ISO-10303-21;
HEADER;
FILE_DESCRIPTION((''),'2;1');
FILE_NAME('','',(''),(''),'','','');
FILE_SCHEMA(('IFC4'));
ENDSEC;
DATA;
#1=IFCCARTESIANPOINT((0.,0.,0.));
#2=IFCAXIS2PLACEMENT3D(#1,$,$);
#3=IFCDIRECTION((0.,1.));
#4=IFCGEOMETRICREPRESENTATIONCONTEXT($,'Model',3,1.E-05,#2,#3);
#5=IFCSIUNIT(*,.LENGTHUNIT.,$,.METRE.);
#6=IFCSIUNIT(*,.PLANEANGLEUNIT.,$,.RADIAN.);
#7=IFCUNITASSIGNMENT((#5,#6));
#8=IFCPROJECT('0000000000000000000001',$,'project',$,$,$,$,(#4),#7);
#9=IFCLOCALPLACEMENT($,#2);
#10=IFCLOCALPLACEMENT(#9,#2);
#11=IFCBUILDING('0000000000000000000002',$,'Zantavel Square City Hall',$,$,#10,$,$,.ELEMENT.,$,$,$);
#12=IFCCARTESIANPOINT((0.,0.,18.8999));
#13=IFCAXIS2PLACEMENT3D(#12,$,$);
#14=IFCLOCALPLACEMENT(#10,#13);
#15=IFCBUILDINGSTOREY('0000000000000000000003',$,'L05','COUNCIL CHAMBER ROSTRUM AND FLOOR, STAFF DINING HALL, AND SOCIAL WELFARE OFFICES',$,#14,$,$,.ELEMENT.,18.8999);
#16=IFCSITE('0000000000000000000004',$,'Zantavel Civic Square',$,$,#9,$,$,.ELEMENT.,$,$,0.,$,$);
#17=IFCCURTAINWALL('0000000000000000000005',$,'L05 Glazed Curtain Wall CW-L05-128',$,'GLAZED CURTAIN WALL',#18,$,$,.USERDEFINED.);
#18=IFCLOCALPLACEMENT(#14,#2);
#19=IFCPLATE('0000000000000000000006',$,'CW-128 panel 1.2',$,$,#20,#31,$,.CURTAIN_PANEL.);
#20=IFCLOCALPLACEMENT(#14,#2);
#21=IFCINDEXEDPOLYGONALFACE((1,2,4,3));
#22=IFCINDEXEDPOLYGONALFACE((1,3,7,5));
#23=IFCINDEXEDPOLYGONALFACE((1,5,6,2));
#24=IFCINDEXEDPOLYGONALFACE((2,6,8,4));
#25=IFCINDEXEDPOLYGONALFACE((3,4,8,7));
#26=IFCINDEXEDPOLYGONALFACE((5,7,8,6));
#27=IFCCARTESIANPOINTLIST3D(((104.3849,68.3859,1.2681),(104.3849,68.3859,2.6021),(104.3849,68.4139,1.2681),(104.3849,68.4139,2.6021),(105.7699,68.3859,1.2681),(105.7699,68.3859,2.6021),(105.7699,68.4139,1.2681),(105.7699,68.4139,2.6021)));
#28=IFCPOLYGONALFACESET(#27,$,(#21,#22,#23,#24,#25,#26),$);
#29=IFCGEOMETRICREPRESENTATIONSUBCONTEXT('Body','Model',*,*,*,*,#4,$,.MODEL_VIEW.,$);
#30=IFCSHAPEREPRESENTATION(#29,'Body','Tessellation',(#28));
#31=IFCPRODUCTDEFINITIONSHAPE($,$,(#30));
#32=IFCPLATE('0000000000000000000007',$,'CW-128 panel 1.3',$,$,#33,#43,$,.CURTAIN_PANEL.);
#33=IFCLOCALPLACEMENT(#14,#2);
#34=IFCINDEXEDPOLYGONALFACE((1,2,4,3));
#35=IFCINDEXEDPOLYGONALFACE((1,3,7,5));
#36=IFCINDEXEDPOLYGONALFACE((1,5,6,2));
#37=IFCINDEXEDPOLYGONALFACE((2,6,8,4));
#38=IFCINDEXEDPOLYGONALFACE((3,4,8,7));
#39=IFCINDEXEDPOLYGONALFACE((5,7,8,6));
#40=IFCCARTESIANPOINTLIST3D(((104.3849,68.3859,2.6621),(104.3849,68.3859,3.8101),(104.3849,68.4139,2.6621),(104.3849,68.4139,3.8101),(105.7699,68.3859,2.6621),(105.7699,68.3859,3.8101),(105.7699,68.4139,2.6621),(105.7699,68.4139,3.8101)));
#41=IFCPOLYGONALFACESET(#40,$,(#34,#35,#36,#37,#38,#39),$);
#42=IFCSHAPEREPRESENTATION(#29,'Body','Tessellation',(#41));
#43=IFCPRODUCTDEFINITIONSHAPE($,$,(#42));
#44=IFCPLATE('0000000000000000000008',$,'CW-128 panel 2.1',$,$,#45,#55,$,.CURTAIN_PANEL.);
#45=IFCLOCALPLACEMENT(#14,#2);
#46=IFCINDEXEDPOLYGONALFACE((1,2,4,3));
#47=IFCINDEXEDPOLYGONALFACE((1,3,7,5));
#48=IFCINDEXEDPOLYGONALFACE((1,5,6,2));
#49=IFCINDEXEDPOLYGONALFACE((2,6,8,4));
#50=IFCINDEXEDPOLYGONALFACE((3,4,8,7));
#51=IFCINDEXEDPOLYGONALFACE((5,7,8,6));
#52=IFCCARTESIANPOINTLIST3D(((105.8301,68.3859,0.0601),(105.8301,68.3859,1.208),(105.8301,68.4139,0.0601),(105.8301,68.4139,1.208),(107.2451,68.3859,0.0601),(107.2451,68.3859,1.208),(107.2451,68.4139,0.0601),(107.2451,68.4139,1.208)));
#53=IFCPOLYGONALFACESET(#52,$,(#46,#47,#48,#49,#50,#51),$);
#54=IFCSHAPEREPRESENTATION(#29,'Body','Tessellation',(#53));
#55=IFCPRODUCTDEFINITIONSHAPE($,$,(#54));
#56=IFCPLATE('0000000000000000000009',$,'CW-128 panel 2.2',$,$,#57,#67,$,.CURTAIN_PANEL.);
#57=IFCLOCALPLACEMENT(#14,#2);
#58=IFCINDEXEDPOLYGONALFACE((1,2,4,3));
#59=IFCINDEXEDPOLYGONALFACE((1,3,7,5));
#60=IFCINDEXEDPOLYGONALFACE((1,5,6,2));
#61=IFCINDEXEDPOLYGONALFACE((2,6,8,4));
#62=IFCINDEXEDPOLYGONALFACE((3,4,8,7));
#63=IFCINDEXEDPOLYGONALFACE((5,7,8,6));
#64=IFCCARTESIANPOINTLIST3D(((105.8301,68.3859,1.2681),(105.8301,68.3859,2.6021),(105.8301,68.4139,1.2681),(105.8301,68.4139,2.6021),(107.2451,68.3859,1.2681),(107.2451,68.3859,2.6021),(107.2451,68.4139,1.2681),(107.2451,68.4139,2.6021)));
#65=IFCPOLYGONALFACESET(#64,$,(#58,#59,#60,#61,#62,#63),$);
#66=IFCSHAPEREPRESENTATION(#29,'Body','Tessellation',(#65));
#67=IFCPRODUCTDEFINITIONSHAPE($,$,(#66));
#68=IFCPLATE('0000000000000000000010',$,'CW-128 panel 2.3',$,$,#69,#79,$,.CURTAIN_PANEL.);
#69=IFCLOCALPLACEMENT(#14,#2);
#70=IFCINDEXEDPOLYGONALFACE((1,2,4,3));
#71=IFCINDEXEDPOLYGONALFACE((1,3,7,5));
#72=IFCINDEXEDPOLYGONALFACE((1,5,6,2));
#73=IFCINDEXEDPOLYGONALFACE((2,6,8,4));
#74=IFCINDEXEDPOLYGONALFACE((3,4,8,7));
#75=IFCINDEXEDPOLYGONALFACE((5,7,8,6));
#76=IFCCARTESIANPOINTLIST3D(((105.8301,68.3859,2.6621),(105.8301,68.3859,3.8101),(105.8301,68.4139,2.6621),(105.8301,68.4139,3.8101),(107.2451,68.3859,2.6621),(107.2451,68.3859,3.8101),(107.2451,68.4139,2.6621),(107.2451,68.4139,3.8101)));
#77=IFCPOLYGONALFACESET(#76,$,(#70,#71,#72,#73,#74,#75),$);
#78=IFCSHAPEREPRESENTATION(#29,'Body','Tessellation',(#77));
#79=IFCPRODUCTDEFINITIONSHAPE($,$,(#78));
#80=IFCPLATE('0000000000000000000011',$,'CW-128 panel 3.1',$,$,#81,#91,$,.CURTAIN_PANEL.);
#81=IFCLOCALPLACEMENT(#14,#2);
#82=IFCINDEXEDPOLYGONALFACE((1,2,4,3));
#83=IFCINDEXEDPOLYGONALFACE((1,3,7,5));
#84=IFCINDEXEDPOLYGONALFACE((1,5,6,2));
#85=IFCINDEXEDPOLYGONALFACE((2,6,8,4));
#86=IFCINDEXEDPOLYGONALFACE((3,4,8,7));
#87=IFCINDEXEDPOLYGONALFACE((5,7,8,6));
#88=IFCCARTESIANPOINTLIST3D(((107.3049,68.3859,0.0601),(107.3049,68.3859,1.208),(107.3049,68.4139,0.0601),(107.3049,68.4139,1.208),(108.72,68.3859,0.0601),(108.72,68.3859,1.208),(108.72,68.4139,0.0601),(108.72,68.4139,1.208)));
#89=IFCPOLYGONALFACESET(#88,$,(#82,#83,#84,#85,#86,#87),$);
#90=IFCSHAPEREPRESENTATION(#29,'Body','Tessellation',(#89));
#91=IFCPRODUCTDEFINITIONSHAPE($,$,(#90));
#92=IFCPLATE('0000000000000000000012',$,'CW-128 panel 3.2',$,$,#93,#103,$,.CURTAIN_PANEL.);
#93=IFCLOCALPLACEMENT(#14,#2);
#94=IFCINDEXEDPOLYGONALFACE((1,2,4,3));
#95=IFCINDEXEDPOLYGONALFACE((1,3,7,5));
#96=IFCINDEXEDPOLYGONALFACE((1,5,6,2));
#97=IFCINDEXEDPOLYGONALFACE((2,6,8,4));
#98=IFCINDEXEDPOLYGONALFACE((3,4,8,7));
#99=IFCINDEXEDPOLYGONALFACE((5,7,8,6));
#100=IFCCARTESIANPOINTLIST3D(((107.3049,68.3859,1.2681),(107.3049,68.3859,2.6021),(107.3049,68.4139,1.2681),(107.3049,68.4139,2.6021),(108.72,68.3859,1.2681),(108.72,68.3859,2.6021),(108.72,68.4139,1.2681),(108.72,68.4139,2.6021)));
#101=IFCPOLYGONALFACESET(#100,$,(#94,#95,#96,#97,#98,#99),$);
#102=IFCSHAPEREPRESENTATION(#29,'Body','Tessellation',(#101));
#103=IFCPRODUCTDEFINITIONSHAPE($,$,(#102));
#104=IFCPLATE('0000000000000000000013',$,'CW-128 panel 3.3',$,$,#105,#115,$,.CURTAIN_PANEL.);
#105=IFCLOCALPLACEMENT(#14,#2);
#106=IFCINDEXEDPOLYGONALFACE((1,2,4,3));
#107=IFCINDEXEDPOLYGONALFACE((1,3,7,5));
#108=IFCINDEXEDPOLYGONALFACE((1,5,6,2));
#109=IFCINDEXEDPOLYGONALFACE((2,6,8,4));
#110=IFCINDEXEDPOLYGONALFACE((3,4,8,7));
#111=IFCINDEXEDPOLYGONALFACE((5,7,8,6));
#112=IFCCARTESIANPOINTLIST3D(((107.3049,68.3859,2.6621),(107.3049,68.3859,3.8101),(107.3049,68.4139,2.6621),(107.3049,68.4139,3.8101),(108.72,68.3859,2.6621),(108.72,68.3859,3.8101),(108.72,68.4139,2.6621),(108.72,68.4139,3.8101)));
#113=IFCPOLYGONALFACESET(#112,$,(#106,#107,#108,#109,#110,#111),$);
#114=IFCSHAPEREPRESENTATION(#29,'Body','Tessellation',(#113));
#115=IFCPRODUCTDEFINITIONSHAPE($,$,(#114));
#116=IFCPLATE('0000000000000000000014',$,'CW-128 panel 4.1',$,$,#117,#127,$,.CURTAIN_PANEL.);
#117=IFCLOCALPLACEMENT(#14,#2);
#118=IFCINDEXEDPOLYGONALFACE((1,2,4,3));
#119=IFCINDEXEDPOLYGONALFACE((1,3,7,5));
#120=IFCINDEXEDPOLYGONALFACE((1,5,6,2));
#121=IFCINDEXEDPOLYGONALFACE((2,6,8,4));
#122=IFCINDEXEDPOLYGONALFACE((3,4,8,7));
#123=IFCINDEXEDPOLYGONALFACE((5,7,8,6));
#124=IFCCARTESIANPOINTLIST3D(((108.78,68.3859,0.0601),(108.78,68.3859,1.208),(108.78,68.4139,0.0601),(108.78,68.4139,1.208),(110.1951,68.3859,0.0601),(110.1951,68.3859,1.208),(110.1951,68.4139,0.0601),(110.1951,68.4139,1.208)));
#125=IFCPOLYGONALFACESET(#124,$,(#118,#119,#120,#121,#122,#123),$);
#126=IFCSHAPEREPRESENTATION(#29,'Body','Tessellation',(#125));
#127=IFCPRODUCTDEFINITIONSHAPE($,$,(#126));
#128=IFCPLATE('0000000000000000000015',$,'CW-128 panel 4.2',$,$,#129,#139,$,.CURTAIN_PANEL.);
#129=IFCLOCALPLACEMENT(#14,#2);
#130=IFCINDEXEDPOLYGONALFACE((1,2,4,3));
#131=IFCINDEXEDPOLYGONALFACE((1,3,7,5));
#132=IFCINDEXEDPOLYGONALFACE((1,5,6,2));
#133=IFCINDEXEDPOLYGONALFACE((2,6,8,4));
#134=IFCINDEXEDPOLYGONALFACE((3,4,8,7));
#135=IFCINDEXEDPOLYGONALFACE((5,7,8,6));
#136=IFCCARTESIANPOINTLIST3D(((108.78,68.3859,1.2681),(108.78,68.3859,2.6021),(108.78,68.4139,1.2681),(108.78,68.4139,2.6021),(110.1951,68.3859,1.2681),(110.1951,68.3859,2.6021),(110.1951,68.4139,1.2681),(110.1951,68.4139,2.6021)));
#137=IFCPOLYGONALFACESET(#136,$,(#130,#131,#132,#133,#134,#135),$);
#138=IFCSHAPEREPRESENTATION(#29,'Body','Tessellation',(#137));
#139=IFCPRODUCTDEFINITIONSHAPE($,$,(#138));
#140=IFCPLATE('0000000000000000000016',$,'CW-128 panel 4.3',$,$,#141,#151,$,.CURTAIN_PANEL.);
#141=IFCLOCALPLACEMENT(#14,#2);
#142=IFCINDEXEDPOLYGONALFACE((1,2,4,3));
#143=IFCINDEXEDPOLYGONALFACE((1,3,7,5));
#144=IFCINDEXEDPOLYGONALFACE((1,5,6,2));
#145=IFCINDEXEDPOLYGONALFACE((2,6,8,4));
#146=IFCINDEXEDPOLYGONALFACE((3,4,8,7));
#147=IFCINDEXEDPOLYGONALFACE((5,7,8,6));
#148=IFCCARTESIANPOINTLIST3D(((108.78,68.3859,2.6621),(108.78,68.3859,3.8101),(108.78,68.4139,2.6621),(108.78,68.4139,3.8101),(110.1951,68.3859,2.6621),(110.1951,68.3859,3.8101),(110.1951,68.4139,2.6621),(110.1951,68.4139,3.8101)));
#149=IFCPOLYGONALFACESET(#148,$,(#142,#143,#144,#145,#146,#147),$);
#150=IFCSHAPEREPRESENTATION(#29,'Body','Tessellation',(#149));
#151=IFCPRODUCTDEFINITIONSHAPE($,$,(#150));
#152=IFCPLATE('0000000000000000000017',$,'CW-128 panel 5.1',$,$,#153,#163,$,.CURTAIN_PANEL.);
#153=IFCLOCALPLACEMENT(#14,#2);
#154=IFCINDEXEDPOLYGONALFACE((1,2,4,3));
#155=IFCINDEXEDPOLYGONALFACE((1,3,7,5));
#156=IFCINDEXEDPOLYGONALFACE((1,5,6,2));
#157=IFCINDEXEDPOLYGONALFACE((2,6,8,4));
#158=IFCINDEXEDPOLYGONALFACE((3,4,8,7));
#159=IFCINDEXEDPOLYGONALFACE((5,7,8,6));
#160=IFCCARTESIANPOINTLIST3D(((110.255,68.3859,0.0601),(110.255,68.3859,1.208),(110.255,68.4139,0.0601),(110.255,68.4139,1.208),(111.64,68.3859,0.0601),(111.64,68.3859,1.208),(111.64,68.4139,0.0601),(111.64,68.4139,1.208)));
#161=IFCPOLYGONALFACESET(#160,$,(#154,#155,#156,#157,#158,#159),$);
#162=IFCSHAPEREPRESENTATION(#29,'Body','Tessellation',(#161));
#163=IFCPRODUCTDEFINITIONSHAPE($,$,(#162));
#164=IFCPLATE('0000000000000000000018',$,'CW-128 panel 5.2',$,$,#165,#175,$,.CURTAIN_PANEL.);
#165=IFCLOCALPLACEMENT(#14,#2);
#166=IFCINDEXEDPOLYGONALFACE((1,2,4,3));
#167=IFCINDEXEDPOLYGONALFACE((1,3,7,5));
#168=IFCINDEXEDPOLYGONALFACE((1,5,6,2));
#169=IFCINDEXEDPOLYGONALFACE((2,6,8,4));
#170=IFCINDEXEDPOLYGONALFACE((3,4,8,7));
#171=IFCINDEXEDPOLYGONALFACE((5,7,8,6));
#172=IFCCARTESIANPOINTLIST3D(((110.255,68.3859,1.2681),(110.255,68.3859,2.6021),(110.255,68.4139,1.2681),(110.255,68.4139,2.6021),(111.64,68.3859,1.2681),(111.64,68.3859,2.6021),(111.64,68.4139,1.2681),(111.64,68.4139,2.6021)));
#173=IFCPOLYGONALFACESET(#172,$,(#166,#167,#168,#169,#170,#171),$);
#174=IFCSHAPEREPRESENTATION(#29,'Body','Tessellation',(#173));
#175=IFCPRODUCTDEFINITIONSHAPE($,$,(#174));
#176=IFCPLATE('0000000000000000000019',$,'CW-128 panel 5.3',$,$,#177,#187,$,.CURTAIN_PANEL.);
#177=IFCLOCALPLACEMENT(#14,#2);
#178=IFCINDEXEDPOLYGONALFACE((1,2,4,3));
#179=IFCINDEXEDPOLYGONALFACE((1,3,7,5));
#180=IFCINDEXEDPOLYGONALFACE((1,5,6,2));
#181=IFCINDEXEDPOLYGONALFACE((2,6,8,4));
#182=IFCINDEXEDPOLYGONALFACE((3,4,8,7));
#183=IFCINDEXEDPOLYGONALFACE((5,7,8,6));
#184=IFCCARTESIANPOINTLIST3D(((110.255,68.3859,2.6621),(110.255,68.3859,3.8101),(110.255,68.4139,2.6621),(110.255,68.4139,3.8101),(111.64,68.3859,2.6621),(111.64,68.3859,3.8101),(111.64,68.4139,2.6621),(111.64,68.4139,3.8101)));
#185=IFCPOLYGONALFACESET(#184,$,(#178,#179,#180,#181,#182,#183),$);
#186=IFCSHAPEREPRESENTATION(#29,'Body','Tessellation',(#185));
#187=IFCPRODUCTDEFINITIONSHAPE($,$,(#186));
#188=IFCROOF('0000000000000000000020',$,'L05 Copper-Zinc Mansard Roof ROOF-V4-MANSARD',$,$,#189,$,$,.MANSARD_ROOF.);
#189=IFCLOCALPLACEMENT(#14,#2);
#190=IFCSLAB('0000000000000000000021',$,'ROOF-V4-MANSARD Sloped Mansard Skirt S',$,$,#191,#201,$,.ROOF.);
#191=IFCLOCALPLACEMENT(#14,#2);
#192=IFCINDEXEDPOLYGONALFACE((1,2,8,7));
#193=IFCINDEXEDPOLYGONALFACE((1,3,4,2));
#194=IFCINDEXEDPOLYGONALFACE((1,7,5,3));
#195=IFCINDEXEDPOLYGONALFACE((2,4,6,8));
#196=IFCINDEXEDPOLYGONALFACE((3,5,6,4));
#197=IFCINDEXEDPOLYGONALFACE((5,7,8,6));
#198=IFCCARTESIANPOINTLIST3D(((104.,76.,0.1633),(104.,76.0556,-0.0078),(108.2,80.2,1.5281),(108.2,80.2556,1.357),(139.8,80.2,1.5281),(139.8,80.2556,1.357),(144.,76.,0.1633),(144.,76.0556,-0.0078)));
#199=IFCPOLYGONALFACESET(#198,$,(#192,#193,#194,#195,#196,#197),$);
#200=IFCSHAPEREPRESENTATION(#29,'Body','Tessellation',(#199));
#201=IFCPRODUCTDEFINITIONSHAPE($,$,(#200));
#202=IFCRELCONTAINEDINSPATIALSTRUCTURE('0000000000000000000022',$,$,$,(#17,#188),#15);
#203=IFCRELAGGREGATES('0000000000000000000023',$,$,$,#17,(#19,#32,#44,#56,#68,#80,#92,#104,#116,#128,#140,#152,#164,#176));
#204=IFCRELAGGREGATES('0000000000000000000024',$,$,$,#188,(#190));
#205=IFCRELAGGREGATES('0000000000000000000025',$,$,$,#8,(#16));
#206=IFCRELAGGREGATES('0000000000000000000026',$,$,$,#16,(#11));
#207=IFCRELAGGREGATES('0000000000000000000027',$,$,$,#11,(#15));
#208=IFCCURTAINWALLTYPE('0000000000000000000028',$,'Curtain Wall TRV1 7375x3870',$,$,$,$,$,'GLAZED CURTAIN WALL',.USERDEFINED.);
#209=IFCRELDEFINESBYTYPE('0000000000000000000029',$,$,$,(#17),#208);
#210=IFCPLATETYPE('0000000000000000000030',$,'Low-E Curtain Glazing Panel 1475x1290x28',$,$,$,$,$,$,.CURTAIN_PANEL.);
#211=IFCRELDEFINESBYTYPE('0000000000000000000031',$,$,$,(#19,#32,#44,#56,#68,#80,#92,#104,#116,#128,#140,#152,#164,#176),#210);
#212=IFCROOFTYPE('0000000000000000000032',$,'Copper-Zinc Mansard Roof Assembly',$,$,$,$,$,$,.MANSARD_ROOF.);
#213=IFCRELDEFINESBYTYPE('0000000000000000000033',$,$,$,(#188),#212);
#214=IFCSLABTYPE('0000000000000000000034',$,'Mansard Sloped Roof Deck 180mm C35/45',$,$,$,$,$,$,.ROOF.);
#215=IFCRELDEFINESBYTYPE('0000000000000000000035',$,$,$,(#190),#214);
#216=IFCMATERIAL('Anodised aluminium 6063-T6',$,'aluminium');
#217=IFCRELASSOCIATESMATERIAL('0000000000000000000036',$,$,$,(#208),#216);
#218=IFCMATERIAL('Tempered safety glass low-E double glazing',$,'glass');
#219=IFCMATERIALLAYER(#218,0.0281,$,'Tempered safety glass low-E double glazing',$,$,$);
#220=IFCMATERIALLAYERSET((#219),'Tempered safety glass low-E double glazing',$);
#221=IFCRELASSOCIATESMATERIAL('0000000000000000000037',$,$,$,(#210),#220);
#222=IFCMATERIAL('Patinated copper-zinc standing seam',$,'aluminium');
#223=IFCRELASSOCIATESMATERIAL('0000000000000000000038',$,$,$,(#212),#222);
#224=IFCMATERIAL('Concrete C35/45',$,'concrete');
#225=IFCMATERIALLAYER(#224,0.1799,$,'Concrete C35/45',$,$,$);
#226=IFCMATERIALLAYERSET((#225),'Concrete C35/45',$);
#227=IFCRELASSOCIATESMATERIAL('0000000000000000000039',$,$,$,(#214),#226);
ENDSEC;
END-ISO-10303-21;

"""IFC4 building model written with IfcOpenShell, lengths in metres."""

from ifc_helpers import new_model, si_unit, direction, frame, origin, origin_2d, place, context, subcontext, project, spatial, polyline, rectangle, outline, extrude, material, layer, layer_set, type_object, element, aggregate, save


model = new_model("IFC4")

# Units and contexts
model_context = context("Model", 3, precision=1e-05, world=origin(), true_north=direction((0.0, 1.0)))
body_context = subcontext(model_context, "Body", "Model", "MODEL_VIEW")
ifc_project = project(units=[si_unit("LENGTHUNIT", "METRE"), si_unit("PLANEANGLEUNIT", "RADIAN")], contexts=[model_context])

# Site, building, storey
site_placement = place(None, origin())
site = spatial("IfcSite", under=ifc_project, at=site_placement, Name="Zantavel Civic Square", CompositionType="ELEMENT", RefElevation=0.0)
building_placement = place(site_placement, origin())
building = spatial("IfcBuilding", under=site, at=building_placement, Name="Zantavel Square City Hall", CompositionType="ELEMENT")
storey_placement = place(building_placement, frame((0.0, 0.0, 18.8999)))
storey = spatial("IfcBuildingStorey", under=building, at=storey_placement, Name="L05", Description="COUNCIL CHAMBER ROSTRUM AND FLOOR, STAFF DINING HALL, AND SOCIAL WELFARE OFFICES", CompositionType="ELEMENT", Elevation=18.8999)

# Curtain wall, plates
ifc_material_1 = material(Name="Anodised aluminium 6063-T6", Category="aluminium")
curtain_wall_type = type_object("IfcCurtainWallType", Name="Curtain Wall TRV1 7375x3870", ElementType="GLAZED CURTAIN WALL", PredefinedType="USERDEFINED", material=ifc_material_1)
curtain_wall_placement = place(storey_placement, origin())
curtain_wall = element("IfcCurtainWall", 1, at=curtain_wall_placement, inside=storey, type_object=curtain_wall_type, Name="L05 Glazed Curtain Wall CW-L05-128", ObjectType="GLAZED CURTAIN WALL", PredefinedType="USERDEFINED")
ifc_material_2 = material(Name="Tempered safety glass low-E double glazing", Category="glass")
ifc_layer_1 = layer(ifc_material_2, 0.0281, Name="Tempered safety glass low-E double glazing")
ifc_layer_set_1 = layer_set([ifc_layer_1], Name="Tempered safety glass low-E double glazing")
plate_type = type_object("IfcPlateType", Name="Low-E Curtain Glazing Panel 1475x1290x28", PredefinedType="CURTAIN_PANEL", material=ifc_layer_set_1)
plate_1_placement = place(storey_placement, frame((105.0774, 68.3999, 1.2681), z_axis=(0.0, 0.0, 1.0), x_axis=(1.0, 0.0, 0.0)))
plate_1 = element("IfcPlate", 2, at=plate_1_placement, type_object=plate_type, Name="CW-128 panel 1.2", PredefinedType="CURTAIN_PANEL", context=body_context, shape_type="SweptSolid", body=[
    extrude(rectangle(XDim=1.385, YDim=0.0281, at=origin_2d()), origin(), (0.0, 0.0, 1.0), 1.334),
])
plate_2_placement = place(storey_placement, frame((105.0774, 68.3999, 2.6621), z_axis=(0.0, 0.0, 1.0), x_axis=(1.0, 0.0, 0.0)))
plate_2 = element("IfcPlate", 3, at=plate_2_placement, type_object=plate_type, Name="CW-128 panel 1.3", PredefinedType="CURTAIN_PANEL", context=body_context, shape_type="SweptSolid", body=[
    extrude(rectangle(XDim=1.385, YDim=0.0281, at=origin_2d()), origin(), (0.0, 0.0, 1.0), 1.1479),
])
plate_3_placement = place(storey_placement, frame((106.5376, 68.3999, 0.0601), z_axis=(0.0, 0.0, 1.0), x_axis=(1.0, 0.0, 0.0)))
plate_3 = element("IfcPlate", 4, at=plate_3_placement, type_object=plate_type, Name="CW-128 panel 2.1", PredefinedType="CURTAIN_PANEL", context=body_context, shape_type="SweptSolid", body=[
    extrude(rectangle(XDim=1.415, YDim=0.0281, at=origin_2d()), origin(), (0.0, 0.0, 1.0), 1.1479),
])
plate_4_placement = place(storey_placement, frame((106.5376, 68.3999, 1.2681), z_axis=(0.0, 0.0, 1.0), x_axis=(1.0, 0.0, 0.0)))
plate_4 = element("IfcPlate", 5, at=plate_4_placement, type_object=plate_type, Name="CW-128 panel 2.2", PredefinedType="CURTAIN_PANEL", context=body_context, shape_type="SweptSolid", body=[
    extrude(rectangle(XDim=1.415, YDim=0.0281, at=origin_2d()), origin(), (0.0, 0.0, 1.0), 1.334),
])
plate_5_placement = place(storey_placement, frame((106.5376, 68.3999, 2.6621), z_axis=(0.0, 0.0, 1.0), x_axis=(1.0, 0.0, 0.0)))
plate_5 = element("IfcPlate", 6, at=plate_5_placement, type_object=plate_type, Name="CW-128 panel 2.3", PredefinedType="CURTAIN_PANEL", context=body_context, shape_type="SweptSolid", body=[
    extrude(rectangle(XDim=1.415, YDim=0.0281, at=origin_2d()), origin(), (0.0, 0.0, 1.0), 1.1479),
])
plate_6_placement = place(storey_placement, frame((108.0125, 68.3999, 0.0601), z_axis=(0.0, 0.0, 1.0), x_axis=(1.0, 0.0, 0.0)))
plate_6 = element("IfcPlate", 7, at=plate_6_placement, type_object=plate_type, Name="CW-128 panel 3.1", PredefinedType="CURTAIN_PANEL", context=body_context, shape_type="SweptSolid", body=[
    extrude(rectangle(XDim=1.415, YDim=0.0281, at=origin_2d()), origin(), (0.0, 0.0, 1.0), 1.1479),
])
plate_7_placement = place(storey_placement, frame((108.0125, 68.3999, 1.2681), z_axis=(0.0, 0.0, 1.0), x_axis=(1.0, 0.0, 0.0)))
plate_7 = element("IfcPlate", 8, at=plate_7_placement, type_object=plate_type, Name="CW-128 panel 3.2", PredefinedType="CURTAIN_PANEL", context=body_context, shape_type="SweptSolid", body=[
    extrude(rectangle(XDim=1.415, YDim=0.0281, at=origin_2d()), origin(), (0.0, 0.0, 1.0), 1.334),
])
plate_8_placement = place(storey_placement, frame((108.0125, 68.3999, 2.6621), z_axis=(0.0, 0.0, 1.0), x_axis=(1.0, 0.0, 0.0)))
plate_8 = element("IfcPlate", 9, at=plate_8_placement, type_object=plate_type, Name="CW-128 panel 3.3", PredefinedType="CURTAIN_PANEL", context=body_context, shape_type="SweptSolid", body=[
    extrude(rectangle(XDim=1.415, YDim=0.0281, at=origin_2d()), origin(), (0.0, 0.0, 1.0), 1.1479),
])
plate_9_placement = place(storey_placement, frame((109.4875, 68.3999, 0.0601), z_axis=(0.0, 0.0, 1.0), x_axis=(1.0, 0.0, 0.0)))
plate_9 = element("IfcPlate", 10, at=plate_9_placement, type_object=plate_type, Name="CW-128 panel 4.1", PredefinedType="CURTAIN_PANEL", context=body_context, shape_type="SweptSolid", body=[
    extrude(rectangle(XDim=1.415, YDim=0.0281, at=origin_2d()), origin(), (0.0, 0.0, 1.0), 1.1479),
])
plate_10_placement = place(storey_placement, frame((109.4875, 68.3999, 1.2681), z_axis=(0.0, 0.0, 1.0), x_axis=(1.0, 0.0, 0.0)))
plate_10 = element("IfcPlate", 11, at=plate_10_placement, type_object=plate_type, Name="CW-128 panel 4.2", PredefinedType="CURTAIN_PANEL", context=body_context, shape_type="SweptSolid", body=[
    extrude(rectangle(XDim=1.415, YDim=0.0281, at=origin_2d()), origin(), (0.0, 0.0, 1.0), 1.334),
])
plate_11_placement = place(storey_placement, frame((109.4875, 68.3999, 2.6621), z_axis=(0.0, 0.0, 1.0), x_axis=(1.0, 0.0, 0.0)))
plate_11 = element("IfcPlate", 12, at=plate_11_placement, type_object=plate_type, Name="CW-128 panel 4.3", PredefinedType="CURTAIN_PANEL", context=body_context, shape_type="SweptSolid", body=[
    extrude(rectangle(XDim=1.415, YDim=0.0281, at=origin_2d()), origin(), (0.0, 0.0, 1.0), 1.1479),
])
plate_12_placement = place(storey_placement, frame((110.9475, 68.3999, 0.0601), z_axis=(0.0, 0.0, 1.0), x_axis=(1.0, 0.0, 0.0)))
plate_12 = element("IfcPlate", 13, at=plate_12_placement, type_object=plate_type, Name="CW-128 panel 5.1", PredefinedType="CURTAIN_PANEL", context=body_context, shape_type="SweptSolid", body=[
    extrude(rectangle(XDim=1.385, YDim=0.0281, at=origin_2d()), origin(), (0.0, 0.0, 1.0), 1.1479),
])
plate_13_placement = place(storey_placement, frame((110.9475, 68.3999, 1.2681), z_axis=(0.0, 0.0, 1.0), x_axis=(1.0, 0.0, 0.0)))
plate_13 = element("IfcPlate", 14, at=plate_13_placement, type_object=plate_type, Name="CW-128 panel 5.2", PredefinedType="CURTAIN_PANEL", context=body_context, shape_type="SweptSolid", body=[
    extrude(rectangle(XDim=1.385, YDim=0.0281, at=origin_2d()), origin(), (0.0, 0.0, 1.0), 1.334),
])
plate_14_placement = place(storey_placement, frame((110.9475, 68.3999, 2.6621), z_axis=(0.0, 0.0, 1.0), x_axis=(1.0, 0.0, 0.0)))
plate_14 = element("IfcPlate", 15, at=plate_14_placement, type_object=plate_type, Name="CW-128 panel 5.3", PredefinedType="CURTAIN_PANEL", context=body_context, shape_type="SweptSolid", body=[
    extrude(rectangle(XDim=1.385, YDim=0.0281, at=origin_2d()), origin(), (0.0, 0.0, 1.0), 1.1479),
])
aggregate(curtain_wall, [plate_1, plate_2, plate_3, plate_4, plate_5, plate_6, plate_7, plate_8, plate_9, plate_10, plate_11, plate_12, plate_13, plate_14])

# Roof, slab
ifc_material_3 = material(Name="Patinated copper-zinc standing seam", Category="aluminium")
roof_type = type_object("IfcRoofType", Name="Copper-Zinc Mansard Roof Assembly", PredefinedType="MANSARD_ROOF", material=ifc_material_3)
roof_placement = place(storey_placement, origin())
roof = element("IfcRoof", 16, at=roof_placement, inside=storey, type_object=roof_type, Name="L05 Copper-Zinc Mansard Roof ROOF-V4-MANSARD", PredefinedType="MANSARD_ROOF")
ifc_material_4 = material(Name="Concrete C35/45", Category="concrete")
ifc_layer_2 = layer(ifc_material_4, 0.1799, Name="Concrete C35/45")
ifc_layer_set_2 = layer_set([ifc_layer_2], Name="Concrete C35/45")
slab_type = type_object("IfcSlabType", Name="Mansard Sloped Roof Deck 180mm C35/45", PredefinedType="ROOF", material=ifc_layer_set_2)
slab_1_placement = place(storey_placement, frame((104.0, 76.0, 0.1633), z_axis=(0.0, -0.309037, 0.95105), x_axis=(1.0, 0.0, 0.0)))
slab_1 = element("IfcSlab", 17, at=slab_1_placement, type_object=slab_type, Name="ROOF-V4-MANSARD Sloped Mansard Skirt S", PredefinedType="ROOF", context=body_context, shape_type="SweptSolid", body=[
    extrude(outline(polyline([(0.0, 0.0), (40.0, 0.0), (35.8, 4.4161), (4.2, 4.4161), (0.0, 0.0)])), origin(), (0.0, 0.0, -1.0), 0.1799),
])
aggregate(roof, [slab_1])

save(model, "model.ifc")
